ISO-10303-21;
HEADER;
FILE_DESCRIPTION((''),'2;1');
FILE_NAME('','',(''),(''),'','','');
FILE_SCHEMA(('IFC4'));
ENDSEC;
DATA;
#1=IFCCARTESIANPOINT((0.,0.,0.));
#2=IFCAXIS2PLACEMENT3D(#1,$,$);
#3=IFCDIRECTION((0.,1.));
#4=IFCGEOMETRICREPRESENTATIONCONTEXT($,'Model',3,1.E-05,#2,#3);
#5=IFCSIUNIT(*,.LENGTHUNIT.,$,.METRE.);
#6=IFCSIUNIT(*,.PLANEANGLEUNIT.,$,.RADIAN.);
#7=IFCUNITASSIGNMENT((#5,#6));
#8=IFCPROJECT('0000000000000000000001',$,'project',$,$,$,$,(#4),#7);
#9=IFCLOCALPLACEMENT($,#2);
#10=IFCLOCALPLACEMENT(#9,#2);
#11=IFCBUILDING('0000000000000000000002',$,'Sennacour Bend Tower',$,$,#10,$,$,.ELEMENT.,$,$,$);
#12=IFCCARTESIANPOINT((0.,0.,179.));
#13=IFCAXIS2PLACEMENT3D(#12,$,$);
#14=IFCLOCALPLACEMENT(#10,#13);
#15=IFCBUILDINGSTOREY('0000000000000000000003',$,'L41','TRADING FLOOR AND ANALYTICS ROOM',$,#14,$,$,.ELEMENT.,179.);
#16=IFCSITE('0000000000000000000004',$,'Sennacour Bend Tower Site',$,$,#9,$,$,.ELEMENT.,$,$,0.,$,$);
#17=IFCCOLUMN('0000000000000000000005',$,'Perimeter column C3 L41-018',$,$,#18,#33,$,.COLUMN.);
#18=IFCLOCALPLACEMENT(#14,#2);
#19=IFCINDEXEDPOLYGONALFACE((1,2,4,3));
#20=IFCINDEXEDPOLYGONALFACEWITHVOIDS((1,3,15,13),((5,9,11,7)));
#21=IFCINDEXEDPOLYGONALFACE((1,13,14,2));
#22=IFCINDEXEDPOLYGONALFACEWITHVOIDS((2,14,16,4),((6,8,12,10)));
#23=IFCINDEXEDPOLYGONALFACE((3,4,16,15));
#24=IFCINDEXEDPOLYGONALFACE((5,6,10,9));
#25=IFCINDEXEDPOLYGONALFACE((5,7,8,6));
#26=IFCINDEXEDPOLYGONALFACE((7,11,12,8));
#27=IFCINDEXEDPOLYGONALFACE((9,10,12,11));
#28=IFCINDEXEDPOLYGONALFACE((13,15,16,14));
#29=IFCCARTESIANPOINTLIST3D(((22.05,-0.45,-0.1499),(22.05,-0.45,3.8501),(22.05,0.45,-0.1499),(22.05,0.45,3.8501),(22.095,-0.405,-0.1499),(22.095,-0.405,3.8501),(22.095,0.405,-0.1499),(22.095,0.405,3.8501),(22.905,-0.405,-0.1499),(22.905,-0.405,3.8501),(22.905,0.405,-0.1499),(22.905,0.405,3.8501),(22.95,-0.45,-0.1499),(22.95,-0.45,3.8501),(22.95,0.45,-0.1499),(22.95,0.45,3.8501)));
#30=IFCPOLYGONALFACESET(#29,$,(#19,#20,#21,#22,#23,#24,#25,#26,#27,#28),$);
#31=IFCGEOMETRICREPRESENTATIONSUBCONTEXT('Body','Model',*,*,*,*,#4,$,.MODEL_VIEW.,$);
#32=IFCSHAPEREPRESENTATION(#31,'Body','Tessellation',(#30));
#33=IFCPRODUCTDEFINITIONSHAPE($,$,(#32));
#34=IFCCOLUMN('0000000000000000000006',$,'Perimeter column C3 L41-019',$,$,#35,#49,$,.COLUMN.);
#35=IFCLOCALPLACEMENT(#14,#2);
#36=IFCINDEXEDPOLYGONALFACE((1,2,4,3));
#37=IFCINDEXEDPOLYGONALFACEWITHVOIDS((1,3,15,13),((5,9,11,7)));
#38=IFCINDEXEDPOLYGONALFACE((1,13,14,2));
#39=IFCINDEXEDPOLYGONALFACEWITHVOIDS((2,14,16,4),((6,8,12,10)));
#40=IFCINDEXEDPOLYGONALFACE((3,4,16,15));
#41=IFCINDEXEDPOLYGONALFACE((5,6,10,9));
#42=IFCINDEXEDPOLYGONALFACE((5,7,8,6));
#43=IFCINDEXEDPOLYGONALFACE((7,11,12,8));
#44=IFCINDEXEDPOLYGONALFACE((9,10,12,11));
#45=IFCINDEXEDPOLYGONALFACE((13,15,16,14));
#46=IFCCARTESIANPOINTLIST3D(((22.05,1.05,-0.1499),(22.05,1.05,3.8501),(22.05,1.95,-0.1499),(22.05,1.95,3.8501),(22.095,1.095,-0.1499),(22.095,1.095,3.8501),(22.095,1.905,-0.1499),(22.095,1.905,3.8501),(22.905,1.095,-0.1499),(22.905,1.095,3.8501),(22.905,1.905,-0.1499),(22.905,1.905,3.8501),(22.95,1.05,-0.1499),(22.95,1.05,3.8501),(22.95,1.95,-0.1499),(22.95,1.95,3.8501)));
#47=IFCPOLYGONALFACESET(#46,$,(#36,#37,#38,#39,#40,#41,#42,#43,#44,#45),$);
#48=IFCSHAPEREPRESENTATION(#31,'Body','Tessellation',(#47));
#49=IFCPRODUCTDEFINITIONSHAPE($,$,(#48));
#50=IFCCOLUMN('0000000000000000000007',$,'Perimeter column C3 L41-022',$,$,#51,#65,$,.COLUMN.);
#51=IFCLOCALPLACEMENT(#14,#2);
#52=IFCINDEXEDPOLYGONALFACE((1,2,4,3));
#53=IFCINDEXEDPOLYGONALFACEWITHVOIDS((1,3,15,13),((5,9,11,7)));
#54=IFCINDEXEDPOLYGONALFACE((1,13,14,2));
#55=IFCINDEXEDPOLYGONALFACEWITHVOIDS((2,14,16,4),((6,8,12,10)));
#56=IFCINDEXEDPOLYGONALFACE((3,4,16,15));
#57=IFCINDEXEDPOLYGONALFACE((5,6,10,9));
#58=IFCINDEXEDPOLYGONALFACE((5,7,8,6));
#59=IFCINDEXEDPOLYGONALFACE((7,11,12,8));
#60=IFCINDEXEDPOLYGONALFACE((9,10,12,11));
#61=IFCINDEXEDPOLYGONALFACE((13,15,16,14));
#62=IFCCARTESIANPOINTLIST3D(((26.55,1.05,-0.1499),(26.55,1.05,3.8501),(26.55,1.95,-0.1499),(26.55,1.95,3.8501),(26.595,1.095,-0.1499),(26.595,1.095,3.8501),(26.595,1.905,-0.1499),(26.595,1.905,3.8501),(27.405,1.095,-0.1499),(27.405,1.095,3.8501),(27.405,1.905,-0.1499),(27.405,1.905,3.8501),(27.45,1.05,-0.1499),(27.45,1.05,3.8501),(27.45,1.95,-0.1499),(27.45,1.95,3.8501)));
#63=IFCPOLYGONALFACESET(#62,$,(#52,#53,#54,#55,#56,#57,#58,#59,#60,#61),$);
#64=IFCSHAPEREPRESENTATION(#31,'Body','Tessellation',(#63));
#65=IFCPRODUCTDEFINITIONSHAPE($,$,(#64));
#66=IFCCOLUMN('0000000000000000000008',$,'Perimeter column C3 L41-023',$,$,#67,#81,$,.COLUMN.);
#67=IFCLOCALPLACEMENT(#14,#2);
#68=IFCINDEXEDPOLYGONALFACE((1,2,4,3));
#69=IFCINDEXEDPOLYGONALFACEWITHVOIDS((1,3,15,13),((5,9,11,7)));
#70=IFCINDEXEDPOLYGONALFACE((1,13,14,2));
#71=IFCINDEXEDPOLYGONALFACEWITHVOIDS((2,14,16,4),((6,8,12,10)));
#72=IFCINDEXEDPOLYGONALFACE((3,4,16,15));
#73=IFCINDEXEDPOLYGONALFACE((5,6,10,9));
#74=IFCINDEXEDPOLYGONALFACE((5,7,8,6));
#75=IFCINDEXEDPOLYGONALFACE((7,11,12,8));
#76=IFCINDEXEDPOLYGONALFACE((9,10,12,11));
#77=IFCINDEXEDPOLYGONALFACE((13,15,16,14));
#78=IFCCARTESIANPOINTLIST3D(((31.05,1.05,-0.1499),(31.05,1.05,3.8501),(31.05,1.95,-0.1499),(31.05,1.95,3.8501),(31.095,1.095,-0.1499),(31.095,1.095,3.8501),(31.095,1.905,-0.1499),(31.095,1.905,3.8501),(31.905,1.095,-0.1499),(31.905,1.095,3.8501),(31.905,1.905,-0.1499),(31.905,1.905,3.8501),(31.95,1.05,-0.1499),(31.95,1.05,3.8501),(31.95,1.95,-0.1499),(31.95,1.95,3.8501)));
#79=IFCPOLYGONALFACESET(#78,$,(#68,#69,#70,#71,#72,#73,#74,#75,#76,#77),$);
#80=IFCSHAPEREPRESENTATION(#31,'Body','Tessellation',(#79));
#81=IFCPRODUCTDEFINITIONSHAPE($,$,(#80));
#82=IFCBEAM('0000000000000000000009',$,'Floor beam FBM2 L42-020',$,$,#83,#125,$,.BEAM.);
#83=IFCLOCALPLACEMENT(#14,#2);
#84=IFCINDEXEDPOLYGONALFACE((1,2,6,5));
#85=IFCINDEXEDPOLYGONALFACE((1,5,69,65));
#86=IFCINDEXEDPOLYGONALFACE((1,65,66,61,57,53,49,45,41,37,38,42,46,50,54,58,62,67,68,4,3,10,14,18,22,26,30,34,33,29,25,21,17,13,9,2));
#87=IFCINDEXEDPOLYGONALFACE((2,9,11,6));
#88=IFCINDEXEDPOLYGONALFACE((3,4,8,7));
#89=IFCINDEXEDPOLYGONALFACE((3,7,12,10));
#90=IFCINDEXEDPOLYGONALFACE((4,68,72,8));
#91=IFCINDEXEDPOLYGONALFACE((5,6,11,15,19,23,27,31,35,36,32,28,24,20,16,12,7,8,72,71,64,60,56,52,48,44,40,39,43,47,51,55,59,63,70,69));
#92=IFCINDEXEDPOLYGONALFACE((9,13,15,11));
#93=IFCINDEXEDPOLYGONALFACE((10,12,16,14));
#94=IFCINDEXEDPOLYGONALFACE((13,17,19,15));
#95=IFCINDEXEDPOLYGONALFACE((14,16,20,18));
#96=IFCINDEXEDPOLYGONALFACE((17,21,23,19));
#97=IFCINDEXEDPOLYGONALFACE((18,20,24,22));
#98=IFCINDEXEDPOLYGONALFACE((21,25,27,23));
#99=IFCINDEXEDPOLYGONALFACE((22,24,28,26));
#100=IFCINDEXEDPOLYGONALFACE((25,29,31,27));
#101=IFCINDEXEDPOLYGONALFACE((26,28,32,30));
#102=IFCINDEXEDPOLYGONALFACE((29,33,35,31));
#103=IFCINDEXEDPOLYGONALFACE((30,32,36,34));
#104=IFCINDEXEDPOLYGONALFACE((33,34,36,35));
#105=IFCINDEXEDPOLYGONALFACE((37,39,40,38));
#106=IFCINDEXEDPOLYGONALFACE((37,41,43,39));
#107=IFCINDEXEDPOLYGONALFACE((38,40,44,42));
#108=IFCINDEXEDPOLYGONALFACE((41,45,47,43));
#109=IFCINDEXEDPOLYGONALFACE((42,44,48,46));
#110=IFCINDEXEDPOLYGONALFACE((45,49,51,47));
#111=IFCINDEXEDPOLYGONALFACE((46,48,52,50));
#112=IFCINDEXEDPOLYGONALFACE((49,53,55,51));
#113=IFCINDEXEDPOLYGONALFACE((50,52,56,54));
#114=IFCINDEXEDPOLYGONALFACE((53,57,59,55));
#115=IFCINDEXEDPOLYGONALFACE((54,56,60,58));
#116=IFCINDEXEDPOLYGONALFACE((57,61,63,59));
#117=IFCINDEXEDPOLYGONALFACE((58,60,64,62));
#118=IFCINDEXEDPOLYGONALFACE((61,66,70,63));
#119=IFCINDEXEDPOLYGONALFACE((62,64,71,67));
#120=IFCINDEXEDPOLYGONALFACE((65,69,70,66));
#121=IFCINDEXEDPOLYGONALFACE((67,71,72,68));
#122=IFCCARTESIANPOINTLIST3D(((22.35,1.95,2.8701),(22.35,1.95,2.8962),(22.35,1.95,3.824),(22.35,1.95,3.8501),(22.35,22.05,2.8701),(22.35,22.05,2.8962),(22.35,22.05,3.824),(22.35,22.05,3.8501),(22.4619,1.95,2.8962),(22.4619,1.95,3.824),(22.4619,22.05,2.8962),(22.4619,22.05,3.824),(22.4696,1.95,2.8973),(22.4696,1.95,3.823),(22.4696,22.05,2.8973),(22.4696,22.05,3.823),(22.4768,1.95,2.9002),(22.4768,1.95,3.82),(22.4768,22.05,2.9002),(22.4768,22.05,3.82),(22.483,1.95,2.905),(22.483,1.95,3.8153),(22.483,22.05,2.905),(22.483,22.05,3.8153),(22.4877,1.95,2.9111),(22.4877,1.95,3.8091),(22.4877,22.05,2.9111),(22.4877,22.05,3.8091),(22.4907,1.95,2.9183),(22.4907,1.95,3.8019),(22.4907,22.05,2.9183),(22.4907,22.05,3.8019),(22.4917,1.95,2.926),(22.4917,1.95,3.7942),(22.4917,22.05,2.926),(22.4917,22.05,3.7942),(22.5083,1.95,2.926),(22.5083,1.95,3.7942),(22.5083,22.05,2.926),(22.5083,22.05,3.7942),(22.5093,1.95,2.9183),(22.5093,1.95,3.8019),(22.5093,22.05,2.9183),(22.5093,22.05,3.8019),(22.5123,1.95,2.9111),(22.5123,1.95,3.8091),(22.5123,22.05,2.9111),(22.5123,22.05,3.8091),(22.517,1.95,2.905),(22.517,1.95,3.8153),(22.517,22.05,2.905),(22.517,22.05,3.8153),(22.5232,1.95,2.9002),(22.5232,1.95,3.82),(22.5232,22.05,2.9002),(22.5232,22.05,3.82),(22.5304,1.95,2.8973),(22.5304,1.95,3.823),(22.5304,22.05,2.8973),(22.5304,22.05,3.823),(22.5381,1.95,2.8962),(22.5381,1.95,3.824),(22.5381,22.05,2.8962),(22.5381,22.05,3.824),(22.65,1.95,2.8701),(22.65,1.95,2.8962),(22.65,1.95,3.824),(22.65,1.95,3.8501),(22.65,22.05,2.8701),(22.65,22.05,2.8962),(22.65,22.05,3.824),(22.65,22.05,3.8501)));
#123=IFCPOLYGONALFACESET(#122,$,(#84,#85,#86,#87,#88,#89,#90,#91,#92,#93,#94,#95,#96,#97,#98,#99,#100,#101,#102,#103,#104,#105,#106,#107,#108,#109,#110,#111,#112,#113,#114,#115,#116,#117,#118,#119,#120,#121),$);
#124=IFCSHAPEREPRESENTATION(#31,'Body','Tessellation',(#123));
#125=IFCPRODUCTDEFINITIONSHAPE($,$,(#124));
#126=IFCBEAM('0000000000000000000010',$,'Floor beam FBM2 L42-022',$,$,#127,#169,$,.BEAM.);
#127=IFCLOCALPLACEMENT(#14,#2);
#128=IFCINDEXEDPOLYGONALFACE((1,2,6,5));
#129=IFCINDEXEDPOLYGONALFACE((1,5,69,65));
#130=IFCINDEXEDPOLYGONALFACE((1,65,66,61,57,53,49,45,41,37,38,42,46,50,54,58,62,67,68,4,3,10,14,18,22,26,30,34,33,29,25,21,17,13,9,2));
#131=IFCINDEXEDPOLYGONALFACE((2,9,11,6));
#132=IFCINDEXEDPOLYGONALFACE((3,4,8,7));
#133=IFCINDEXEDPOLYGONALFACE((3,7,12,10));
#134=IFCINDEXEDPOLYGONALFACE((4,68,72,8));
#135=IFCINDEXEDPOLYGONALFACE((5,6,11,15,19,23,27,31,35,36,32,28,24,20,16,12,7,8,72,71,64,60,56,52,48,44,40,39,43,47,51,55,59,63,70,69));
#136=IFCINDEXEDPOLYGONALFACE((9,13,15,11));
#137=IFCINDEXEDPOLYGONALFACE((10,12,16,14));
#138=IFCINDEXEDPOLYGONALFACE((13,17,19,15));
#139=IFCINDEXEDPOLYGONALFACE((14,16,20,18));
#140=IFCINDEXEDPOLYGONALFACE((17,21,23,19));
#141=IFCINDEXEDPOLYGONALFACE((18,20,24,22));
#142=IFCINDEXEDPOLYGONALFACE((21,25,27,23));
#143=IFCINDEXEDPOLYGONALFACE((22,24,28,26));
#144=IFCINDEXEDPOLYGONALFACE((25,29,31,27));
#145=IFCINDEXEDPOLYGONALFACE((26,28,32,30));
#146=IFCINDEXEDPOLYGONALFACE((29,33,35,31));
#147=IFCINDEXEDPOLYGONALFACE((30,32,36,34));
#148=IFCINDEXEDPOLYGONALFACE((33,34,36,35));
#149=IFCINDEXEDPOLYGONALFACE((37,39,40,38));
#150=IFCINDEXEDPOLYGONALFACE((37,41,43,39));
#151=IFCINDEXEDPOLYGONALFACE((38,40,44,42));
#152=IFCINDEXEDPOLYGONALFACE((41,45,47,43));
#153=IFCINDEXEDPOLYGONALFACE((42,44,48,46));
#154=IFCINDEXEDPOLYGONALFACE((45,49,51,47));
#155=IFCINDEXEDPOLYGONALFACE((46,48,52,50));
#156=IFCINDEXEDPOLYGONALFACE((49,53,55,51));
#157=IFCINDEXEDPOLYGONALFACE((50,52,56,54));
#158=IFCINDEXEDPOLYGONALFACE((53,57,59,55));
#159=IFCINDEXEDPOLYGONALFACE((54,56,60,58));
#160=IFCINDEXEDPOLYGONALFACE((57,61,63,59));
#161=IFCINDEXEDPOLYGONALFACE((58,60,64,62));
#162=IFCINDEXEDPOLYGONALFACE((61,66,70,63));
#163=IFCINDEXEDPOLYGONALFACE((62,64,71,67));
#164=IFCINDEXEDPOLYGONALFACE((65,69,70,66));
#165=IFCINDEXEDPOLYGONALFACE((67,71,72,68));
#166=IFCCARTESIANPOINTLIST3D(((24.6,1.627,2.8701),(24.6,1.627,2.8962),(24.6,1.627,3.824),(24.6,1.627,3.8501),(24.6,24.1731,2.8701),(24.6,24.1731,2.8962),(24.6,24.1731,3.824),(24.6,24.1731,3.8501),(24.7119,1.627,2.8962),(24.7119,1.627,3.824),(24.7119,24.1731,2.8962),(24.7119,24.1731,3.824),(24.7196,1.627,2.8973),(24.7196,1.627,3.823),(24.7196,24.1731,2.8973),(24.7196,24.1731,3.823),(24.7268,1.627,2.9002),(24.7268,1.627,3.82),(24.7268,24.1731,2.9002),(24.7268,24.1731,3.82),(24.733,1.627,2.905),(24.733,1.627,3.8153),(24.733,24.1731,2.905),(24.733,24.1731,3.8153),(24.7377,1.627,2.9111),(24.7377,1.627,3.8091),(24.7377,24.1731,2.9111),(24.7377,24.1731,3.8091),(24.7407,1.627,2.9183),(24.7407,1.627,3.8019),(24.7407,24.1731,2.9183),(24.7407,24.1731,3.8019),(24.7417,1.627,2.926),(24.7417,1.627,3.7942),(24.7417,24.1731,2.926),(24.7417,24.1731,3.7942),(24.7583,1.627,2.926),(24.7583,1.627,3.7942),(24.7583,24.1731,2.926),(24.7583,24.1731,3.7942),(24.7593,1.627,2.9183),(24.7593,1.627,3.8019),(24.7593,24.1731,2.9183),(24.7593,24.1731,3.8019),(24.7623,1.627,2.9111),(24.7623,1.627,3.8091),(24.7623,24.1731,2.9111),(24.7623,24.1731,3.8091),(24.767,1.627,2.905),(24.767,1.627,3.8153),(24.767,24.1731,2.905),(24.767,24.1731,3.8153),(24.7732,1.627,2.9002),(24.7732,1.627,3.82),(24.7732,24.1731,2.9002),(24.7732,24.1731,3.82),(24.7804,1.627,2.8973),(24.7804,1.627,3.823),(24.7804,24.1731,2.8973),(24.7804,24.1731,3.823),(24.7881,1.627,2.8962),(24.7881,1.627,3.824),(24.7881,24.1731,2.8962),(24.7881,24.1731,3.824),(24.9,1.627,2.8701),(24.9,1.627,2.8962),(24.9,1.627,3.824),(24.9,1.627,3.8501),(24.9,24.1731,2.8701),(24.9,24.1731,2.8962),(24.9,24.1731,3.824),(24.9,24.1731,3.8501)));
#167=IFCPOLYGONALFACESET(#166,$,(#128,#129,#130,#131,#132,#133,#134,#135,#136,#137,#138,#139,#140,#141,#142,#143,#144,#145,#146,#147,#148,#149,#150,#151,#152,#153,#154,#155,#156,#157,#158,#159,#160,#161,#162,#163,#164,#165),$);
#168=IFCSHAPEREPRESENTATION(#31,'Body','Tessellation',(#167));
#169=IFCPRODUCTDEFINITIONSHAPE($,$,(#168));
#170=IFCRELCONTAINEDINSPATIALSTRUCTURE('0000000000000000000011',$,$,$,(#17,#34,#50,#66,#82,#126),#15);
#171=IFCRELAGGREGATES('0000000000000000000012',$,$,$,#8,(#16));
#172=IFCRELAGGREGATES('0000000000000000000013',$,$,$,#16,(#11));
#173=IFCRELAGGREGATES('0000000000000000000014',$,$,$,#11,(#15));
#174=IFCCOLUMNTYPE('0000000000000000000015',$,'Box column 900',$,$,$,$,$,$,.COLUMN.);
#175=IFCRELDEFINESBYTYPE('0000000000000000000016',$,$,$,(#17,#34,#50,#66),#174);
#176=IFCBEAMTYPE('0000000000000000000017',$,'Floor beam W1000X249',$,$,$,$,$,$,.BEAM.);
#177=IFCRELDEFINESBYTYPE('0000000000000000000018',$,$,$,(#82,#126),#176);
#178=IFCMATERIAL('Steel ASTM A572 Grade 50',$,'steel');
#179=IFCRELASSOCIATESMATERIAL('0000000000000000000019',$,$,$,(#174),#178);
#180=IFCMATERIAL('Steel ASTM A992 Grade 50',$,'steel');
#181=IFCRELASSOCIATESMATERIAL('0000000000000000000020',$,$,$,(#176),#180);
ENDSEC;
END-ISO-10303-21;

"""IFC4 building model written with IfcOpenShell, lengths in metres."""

from ifc_helpers import new_model, si_unit, direction, frame, origin, origin_2d, place, context, subcontext, project, spatial, hollow_rectangle, i_section, extrude, material, material_profile, profile_set, type_object, element, save


model = new_model("IFC4")

# Units and contexts
model_context = context("Model", 3, precision=1e-05, world=origin(), true_north=direction((0.0, 1.0)))
body_context = subcontext(model_context, "Body", "Model", "MODEL_VIEW")
ifc_project = project(units=[si_unit("LENGTHUNIT", "METRE"), si_unit("PLANEANGLEUNIT", "RADIAN")], contexts=[model_context])

# Site, building, storey
site_placement = place(None, origin())
site = spatial("IfcSite", under=ifc_project, at=site_placement, Name="Sennacour Bend Tower Site", CompositionType="ELEMENT", RefElevation=0.0)
building_placement = place(site_placement, origin())
building = spatial("IfcBuilding", under=site, at=building_placement, Name="Sennacour Bend Tower", CompositionType="ELEMENT")
storey_placement = place(building_placement, frame((0.0, 0.0, 179.0)))
storey = spatial("IfcBuildingStorey", under=building, at=storey_placement, Name="L41", Description="TRADING FLOOR AND ANALYTICS ROOM", CompositionType="ELEMENT", Elevation=179.0)

# Columns
ifc_material_1 = material(Name="Steel ASTM A572 Grade 50", Category="steel")
ifc_material_profile_1 = material_profile(ifc_material_1, hollow_rectangle(XDim=0.8999, YDim=0.8999, WallThickness=0.0449, at=origin_2d()), Name="Steel ASTM A572 Grade 50", Category="steel")
ifc_profile_set_1 = profile_set([ifc_material_profile_1], Name="Steel ASTM A572 Grade 50")
column_type = type_object("IfcColumnType", Name="Box column 900", PredefinedType="COLUMN", material=ifc_profile_set_1)
for number, where, z_axis, x_axis, name in (
    (1, (22.5, 0.0, -0.1499), (0.0, 0.0, 1.0), (1.0, 0.0, 0.0), "Perimeter column C3 L41-018"),
    (2, (22.5, 1.5, -0.1499), (0.0, 0.0, 1.0), (1.0, 0.0, 0.0), "Perimeter column C3 L41-019"),
    (3, (27.0, 1.5, -0.1499), (0.0, 0.0, 1.0), (1.0, 0.0, 0.0), "Perimeter column C3 L41-022"),
    (4, (31.5, 1.5, -0.1499), (0.0, 0.0, 1.0), (1.0, 0.0, 0.0), "Perimeter column C3 L41-023"),
):
    element("IfcColumn", number, at=place(storey_placement, frame(where, z_axis=z_axis, x_axis=x_axis)), inside=storey, type_object=column_type, Name=name, PredefinedType="COLUMN", context=body_context, shape_type="SweptSolid", body=[
        extrude(hollow_rectangle(XDim=0.8999, YDim=0.8999, WallThickness=0.0449, at=origin_2d()), origin(), (0.0, 0.0, 1.0), 4.0),
    ])

# Beams
ifc_material_2 = material(Name="Steel ASTM A992 Grade 50", Category="steel")
ifc_material_profile_2 = material_profile(ifc_material_2, i_section(OverallWidth=0.3, OverallDepth=0.98, WebThickness=0.0166, FlangeThickness=0.0261, FilletRadius=0.0298, at=origin_2d()), Name="Steel ASTM A992 Grade 50", Category="steel")
ifc_profile_set_2 = profile_set([ifc_material_profile_2], Name="Steel ASTM A992 Grade 50")
beam_type_1 = type_object("IfcBeamType", Name="Floor beam W1000X249", PredefinedType="BEAM", material=ifc_profile_set_2)
beam_1_placement = place(storey_placement, frame((22.5, 1.95, 3.3601), z_axis=(0.0, 1.0, 0.0), x_axis=(-1.0, 0.0, 0.0)))
element("IfcBeam", 5, at=beam_1_placement, inside=storey, type_object=beam_type_1, Name="Floor beam FBM2 L42-020", PredefinedType="BEAM", context=body_context, shape_type="SweptSolid", body=[
    extrude(i_section(OverallWidth=0.3, OverallDepth=0.98, WebThickness=0.0166, FlangeThickness=0.0261, FilletRadius=0.0298, at=origin_2d()), origin(), (0.0, 0.0, 1.0), 20.1001),
])
beam_2_placement = place(storey_placement, frame((24.75, 1.627, 3.3601), z_axis=(0.0, 1.0, 0.0), x_axis=(-1.0, 0.0, 0.0)))
element("IfcBeam", 6, at=beam_2_placement, inside=storey, type_object=beam_type_1, Name="Floor beam FBM2 L42-022", PredefinedType="BEAM", context=body_context, shape_type="SweptSolid", body=[
    extrude(i_section(OverallWidth=0.3, OverallDepth=0.98, WebThickness=0.0166, FlangeThickness=0.0261, FilletRadius=0.0298, at=origin_2d()), origin(), (0.0, 0.0, 1.0), 22.5461),
])

save(model, "model.ifc")
